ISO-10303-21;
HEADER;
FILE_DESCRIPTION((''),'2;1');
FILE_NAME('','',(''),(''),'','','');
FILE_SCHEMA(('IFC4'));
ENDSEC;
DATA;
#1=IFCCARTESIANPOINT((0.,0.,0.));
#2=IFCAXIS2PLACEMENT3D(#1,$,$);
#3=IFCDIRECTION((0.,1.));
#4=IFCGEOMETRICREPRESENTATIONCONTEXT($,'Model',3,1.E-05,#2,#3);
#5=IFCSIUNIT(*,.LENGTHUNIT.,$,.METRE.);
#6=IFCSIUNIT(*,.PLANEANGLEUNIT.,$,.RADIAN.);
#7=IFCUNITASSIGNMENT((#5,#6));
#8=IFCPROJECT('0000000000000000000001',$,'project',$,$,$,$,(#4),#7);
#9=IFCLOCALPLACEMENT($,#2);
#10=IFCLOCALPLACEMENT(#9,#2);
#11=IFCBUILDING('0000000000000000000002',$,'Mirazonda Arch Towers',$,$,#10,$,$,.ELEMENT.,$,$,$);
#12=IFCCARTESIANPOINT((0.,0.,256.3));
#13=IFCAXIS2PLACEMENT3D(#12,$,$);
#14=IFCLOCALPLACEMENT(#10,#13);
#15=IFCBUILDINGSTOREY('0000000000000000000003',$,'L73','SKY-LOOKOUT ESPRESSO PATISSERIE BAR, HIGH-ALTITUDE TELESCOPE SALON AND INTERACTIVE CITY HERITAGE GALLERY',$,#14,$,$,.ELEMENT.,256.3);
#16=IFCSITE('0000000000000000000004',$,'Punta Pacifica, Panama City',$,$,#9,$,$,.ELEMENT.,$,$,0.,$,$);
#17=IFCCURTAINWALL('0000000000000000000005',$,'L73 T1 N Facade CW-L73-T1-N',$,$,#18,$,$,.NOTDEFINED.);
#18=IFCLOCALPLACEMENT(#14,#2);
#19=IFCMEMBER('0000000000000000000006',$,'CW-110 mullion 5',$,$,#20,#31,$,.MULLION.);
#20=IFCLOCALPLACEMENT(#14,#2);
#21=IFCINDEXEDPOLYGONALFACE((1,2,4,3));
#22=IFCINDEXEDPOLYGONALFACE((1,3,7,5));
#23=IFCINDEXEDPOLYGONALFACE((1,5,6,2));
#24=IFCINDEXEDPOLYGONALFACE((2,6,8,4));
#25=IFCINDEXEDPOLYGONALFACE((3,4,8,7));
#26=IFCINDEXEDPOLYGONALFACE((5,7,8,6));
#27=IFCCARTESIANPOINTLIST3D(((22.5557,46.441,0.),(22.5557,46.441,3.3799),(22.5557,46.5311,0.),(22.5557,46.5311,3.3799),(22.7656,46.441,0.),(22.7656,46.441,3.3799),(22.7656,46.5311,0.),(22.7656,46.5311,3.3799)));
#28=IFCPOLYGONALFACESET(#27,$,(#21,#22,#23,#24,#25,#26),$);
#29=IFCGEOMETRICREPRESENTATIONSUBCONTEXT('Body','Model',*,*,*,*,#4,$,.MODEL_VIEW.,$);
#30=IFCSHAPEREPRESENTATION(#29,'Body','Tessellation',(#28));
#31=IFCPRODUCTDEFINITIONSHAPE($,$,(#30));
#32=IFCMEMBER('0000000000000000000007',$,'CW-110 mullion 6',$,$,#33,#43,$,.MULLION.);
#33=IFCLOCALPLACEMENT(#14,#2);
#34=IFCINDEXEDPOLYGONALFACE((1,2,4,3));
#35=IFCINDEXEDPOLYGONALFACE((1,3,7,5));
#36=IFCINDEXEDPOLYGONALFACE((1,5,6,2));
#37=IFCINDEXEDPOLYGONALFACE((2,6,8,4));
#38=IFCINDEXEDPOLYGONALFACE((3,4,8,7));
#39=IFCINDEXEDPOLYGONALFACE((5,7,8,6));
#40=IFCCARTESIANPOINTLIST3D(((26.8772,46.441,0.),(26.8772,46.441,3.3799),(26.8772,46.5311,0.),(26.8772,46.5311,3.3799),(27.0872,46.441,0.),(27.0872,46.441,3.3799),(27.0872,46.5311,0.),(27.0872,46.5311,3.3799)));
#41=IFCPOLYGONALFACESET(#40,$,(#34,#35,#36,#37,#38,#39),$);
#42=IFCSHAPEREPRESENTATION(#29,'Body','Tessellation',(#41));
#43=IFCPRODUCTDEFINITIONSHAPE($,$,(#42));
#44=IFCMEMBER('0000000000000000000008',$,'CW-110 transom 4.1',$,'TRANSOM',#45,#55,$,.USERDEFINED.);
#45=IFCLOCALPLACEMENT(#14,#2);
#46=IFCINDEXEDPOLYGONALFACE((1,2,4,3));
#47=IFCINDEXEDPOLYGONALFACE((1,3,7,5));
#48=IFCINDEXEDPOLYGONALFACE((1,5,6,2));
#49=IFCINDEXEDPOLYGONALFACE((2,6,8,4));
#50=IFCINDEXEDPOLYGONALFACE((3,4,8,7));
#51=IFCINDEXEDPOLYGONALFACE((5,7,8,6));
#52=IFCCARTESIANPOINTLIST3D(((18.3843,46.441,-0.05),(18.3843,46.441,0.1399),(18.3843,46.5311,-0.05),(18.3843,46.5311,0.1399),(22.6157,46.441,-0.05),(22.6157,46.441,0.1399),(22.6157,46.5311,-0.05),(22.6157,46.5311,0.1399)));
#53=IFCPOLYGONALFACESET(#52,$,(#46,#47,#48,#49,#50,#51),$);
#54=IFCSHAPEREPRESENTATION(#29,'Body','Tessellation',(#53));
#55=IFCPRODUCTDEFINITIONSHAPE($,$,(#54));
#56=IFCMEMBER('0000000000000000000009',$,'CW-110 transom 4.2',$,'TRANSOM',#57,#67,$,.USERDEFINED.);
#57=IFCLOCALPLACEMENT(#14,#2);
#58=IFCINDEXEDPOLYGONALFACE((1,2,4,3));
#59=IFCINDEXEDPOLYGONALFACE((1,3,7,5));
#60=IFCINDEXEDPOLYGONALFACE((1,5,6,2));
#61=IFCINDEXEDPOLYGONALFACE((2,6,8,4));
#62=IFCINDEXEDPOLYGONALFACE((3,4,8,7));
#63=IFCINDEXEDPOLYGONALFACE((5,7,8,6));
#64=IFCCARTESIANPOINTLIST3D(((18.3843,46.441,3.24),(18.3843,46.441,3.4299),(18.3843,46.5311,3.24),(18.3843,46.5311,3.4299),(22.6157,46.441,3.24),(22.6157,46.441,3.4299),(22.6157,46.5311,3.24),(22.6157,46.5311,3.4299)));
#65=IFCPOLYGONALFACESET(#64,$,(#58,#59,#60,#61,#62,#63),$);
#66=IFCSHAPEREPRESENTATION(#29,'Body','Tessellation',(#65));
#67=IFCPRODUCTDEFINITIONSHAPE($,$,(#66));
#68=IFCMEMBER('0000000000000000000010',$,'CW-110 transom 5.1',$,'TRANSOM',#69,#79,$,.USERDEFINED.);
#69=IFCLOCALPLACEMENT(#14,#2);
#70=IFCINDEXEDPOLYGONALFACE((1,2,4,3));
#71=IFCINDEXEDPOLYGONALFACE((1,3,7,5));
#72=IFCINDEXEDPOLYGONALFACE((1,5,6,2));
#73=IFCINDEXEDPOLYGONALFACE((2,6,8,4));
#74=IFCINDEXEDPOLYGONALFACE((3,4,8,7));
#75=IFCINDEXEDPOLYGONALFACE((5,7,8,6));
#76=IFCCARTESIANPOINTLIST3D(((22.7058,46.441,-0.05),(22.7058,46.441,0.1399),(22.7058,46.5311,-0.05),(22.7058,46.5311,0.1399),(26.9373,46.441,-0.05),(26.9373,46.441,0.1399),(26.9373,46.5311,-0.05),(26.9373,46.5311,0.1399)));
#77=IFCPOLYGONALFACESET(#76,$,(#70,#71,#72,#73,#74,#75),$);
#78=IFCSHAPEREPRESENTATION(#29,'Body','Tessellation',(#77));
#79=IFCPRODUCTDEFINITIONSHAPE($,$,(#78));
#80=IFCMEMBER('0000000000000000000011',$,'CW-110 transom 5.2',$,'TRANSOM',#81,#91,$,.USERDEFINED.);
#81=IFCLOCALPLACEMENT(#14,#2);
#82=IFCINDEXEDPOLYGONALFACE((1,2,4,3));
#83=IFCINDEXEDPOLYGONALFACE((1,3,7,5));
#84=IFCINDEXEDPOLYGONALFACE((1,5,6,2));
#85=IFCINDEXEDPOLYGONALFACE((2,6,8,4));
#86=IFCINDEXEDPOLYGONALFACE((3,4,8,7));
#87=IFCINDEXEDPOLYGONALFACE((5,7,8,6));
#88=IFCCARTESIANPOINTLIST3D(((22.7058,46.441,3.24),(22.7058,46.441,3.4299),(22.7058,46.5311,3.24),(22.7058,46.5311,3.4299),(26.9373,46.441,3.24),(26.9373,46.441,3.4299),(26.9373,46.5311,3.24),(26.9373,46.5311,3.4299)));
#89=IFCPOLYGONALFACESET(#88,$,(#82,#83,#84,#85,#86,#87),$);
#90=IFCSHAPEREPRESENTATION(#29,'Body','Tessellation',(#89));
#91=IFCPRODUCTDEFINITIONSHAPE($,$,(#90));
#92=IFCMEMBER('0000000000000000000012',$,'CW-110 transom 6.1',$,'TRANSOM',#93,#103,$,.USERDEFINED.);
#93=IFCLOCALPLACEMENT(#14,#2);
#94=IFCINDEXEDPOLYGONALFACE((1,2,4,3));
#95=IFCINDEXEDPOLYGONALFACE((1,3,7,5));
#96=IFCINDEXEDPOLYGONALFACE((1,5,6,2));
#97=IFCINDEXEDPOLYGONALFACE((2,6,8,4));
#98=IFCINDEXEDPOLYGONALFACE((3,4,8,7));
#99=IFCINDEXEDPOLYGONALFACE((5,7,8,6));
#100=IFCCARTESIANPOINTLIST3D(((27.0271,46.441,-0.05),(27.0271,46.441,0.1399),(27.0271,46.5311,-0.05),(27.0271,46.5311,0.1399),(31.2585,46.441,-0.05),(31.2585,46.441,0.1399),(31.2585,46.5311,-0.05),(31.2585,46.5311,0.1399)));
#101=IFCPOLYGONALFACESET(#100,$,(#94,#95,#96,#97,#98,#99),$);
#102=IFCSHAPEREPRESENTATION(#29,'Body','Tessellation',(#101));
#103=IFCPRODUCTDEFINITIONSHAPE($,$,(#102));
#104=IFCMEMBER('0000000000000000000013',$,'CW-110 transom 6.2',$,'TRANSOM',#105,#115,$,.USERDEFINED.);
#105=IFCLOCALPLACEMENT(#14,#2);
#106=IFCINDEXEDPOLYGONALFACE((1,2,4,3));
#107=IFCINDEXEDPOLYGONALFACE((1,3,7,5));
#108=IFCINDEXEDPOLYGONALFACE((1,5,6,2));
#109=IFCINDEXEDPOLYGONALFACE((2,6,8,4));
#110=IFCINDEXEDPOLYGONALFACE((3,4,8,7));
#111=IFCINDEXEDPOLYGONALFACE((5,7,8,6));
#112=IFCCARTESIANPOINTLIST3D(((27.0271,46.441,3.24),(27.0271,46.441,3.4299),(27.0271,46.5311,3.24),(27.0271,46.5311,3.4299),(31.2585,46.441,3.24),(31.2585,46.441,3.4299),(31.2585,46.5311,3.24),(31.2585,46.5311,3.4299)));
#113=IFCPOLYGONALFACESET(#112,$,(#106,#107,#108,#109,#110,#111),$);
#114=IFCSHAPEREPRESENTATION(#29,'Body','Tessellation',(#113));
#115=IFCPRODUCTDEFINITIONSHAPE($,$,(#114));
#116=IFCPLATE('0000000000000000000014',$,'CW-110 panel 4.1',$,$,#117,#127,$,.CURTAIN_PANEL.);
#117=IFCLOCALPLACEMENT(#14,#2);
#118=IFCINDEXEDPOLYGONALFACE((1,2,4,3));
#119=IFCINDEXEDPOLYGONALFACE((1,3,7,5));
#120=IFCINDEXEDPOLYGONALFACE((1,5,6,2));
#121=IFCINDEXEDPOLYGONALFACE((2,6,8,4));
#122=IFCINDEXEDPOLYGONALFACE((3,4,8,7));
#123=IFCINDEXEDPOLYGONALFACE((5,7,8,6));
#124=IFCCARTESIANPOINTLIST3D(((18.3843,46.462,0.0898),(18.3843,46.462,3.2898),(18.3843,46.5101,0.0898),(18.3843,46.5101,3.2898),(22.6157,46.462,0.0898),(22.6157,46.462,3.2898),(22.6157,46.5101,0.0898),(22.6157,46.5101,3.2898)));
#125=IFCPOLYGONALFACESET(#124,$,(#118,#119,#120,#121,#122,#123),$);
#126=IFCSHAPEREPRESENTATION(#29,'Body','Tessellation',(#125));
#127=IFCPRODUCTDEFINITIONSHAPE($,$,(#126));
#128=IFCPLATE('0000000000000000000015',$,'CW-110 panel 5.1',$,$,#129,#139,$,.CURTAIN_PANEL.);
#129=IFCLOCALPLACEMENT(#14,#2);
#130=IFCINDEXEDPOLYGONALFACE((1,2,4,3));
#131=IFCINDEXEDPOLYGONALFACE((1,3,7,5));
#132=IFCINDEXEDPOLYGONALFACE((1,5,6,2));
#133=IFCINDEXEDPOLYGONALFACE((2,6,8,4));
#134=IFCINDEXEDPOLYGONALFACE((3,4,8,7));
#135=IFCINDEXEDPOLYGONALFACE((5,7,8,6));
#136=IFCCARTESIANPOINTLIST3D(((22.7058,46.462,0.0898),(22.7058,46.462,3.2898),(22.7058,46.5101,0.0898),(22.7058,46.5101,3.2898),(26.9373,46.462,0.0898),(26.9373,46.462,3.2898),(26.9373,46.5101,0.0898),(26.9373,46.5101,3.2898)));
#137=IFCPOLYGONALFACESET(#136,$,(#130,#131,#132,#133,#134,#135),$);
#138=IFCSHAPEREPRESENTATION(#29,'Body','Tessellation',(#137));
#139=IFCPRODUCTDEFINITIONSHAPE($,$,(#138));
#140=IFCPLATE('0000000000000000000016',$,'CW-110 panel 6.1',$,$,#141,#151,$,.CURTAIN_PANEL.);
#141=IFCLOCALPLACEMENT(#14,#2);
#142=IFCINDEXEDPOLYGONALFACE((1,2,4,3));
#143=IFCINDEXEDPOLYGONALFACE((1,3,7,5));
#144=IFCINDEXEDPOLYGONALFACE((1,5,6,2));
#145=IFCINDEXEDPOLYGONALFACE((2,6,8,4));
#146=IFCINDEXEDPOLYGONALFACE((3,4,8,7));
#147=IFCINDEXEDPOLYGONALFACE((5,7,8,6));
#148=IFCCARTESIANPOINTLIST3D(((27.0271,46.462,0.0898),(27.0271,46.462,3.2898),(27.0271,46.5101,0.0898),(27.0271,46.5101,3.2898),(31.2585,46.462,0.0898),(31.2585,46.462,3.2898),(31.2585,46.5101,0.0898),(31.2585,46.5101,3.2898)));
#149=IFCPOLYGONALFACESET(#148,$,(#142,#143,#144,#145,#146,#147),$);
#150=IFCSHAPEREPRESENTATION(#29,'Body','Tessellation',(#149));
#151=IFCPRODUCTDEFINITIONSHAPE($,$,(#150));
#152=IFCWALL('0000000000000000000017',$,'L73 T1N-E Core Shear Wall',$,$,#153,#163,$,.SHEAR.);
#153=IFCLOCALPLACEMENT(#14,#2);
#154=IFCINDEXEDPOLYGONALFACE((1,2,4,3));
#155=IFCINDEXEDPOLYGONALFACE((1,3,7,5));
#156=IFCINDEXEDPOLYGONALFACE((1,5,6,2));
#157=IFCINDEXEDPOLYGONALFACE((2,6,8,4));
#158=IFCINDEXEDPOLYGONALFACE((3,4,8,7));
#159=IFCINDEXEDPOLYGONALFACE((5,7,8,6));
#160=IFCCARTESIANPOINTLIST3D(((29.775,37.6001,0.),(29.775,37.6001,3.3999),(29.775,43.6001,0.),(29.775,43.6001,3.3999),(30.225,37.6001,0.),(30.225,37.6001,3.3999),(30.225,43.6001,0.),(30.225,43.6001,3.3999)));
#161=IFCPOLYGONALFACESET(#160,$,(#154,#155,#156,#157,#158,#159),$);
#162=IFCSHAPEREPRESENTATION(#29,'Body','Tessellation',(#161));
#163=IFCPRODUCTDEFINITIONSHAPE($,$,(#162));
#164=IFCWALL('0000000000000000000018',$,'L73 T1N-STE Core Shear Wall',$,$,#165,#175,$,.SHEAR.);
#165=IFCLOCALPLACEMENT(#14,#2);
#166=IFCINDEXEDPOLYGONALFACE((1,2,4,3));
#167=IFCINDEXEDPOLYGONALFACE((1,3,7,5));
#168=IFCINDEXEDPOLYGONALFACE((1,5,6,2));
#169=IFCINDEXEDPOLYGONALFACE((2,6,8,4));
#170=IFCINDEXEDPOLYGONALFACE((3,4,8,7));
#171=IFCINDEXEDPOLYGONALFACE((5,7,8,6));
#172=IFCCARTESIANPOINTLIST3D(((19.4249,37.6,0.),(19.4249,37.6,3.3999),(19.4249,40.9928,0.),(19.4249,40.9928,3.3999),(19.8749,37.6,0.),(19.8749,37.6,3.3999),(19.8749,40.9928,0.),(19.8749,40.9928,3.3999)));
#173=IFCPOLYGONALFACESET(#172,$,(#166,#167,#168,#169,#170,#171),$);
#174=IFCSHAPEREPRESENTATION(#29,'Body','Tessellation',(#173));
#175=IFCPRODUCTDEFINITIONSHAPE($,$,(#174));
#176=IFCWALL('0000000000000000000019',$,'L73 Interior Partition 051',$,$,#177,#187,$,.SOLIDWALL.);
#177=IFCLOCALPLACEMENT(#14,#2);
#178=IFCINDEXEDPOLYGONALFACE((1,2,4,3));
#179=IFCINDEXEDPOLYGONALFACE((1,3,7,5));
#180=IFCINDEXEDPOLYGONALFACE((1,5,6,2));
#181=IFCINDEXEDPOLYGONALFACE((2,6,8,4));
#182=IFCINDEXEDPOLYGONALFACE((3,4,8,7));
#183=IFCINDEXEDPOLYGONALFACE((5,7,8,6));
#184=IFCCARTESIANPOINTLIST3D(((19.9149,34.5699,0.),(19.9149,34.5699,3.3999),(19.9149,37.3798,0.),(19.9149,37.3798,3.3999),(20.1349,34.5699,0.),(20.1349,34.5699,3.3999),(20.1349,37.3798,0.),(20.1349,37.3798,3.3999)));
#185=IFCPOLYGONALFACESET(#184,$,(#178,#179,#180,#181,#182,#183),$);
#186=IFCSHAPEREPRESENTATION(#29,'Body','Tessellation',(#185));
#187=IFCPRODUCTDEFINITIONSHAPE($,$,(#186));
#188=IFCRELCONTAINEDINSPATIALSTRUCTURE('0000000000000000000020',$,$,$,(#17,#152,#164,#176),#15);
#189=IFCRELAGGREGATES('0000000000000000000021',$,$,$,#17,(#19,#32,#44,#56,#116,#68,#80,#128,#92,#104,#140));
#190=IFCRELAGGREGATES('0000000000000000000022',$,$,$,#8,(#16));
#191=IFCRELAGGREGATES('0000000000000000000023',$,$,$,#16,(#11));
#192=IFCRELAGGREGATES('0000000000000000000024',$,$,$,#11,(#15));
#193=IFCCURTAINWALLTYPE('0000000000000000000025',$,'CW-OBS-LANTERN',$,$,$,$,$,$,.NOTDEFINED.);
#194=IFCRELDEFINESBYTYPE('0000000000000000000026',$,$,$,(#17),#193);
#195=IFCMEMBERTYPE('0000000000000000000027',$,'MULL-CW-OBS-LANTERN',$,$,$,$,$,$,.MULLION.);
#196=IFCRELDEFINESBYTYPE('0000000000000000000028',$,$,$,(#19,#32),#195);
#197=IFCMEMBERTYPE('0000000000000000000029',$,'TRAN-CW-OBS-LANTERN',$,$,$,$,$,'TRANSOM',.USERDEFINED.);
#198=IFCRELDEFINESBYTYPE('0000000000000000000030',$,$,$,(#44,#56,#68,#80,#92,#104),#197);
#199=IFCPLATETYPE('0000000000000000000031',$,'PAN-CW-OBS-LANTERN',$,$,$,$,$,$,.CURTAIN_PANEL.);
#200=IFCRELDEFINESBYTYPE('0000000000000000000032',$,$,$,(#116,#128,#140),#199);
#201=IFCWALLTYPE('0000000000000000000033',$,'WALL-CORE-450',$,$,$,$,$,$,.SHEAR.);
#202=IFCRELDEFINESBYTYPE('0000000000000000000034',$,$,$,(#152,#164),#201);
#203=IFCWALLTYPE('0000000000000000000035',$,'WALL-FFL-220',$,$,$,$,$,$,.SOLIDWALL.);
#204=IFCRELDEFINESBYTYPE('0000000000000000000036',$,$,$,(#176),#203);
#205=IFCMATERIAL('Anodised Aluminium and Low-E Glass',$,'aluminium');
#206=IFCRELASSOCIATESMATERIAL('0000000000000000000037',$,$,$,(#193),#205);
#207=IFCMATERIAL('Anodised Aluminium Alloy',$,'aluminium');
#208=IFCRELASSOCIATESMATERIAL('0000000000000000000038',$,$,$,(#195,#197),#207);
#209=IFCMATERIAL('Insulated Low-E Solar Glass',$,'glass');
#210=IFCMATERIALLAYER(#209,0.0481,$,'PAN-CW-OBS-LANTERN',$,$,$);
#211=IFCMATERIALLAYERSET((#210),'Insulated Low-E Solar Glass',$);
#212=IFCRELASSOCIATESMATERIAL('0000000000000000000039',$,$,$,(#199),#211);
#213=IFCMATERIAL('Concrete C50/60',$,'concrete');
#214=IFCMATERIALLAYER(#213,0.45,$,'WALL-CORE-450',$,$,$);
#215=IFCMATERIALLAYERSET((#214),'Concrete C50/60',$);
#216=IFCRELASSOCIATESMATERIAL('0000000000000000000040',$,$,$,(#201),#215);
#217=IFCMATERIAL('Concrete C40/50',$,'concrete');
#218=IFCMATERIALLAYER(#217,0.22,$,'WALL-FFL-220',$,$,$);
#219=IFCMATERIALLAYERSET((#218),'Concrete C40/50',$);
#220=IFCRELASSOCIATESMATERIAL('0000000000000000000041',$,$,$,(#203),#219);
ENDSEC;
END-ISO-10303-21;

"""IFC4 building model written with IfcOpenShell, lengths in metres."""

from ifc_helpers import new_model, si_unit, direction, frame, frame_2d, origin, origin_2d, place, context, subcontext, project, spatial, rectangle, extrude, material, layer, layer_set, material_profile, profile_set, type_object, element, aggregate, save


model = new_model("IFC4")

# Units and contexts
model_context = context("Model", 3, precision=1e-05, world=origin(), true_north=direction((0.0, 1.0)))
body_context = subcontext(model_context, "Body", "Model", "MODEL_VIEW")
ifc_project = project(units=[si_unit("LENGTHUNIT", "METRE"), si_unit("PLANEANGLEUNIT", "RADIAN")], contexts=[model_context])

# Site, building, storey
site_placement = place(None, origin())
site = spatial("IfcSite", under=ifc_project, at=site_placement, Name="Punta Pacifica, Panama City", CompositionType="ELEMENT", RefElevation=0.0)
building_placement = place(site_placement, origin())
building = spatial("IfcBuilding", under=site, at=building_placement, Name="Mirazonda Arch Towers", CompositionType="ELEMENT")
storey_placement = place(building_placement, frame((0.0, 0.0, 256.3)))
storey = spatial("IfcBuildingStorey", under=building, at=storey_placement, Name="L73", Description="SKY-LOOKOUT ESPRESSO PATISSERIE BAR, HIGH-ALTITUDE TELESCOPE SALON AND INTERACTIVE CITY HERITAGE GALLERY", CompositionType="ELEMENT", Elevation=256.3)

# Shared definitions
ifc_material_1 = material(Name="Concrete C50/60", Category="concrete")

# Curtain wall, members, plates
ifc_material_2 = material(Name="Anodised Aluminium and Low-E Glass", Category="aluminium")
curtain_wall_type = type_object("IfcCurtainWallType", Name="CW-OBS-LANTERN", PredefinedType="NOTDEFINED", material=ifc_material_2)
curtain_wall_placement = place(storey_placement, origin())
curtain_wall = element("IfcCurtainWall", 1, at=curtain_wall_placement, inside=storey, type_object=curtain_wall_type, Name="L73 T1 N Facade CW-L73-T1-N", PredefinedType="NOTDEFINED")
ifc_material_3 = material(Name="Anodised Aluminium Alloy", Category="aluminium")
ifc_material_profile_1 = material_profile(ifc_material_3, rectangle(XDim=0.0901, YDim=0.21, at=origin_2d()), Name="ALU-MULL-90x210")
ifc_profile_set_1 = profile_set([ifc_material_profile_1], Name="Anodised Aluminium Alloy")
member_type_1 = type_object("IfcMemberType", Name="MULL-CW-OBS-LANTERN", PredefinedType="MULLION", material=ifc_profile_set_1)
member_1_placement = place(storey_placement, frame((22.6606, 46.4861, 0.0), z_axis=(0.0, 0.0, 1.0), x_axis=(0.0, 1.0, 0.0)))
member_1 = element("IfcMember", 2, at=member_1_placement, type_object=member_type_1, Name="CW-110 mullion 5", PredefinedType="MULLION", context=body_context, shape_type="SweptSolid", body=[
    extrude(rectangle(XDim=0.0901, YDim=0.21, at=origin_2d()), origin(), (0.0, 0.0, 1.0), 3.3799),
])
member_2_placement = place(storey_placement, frame((26.9822, 46.4861, 0.0), z_axis=(0.0, 0.0, 1.0), x_axis=(0.0, 1.0, 0.0)))
member_2 = element("IfcMember", 3, at=member_2_placement, type_object=member_type_1, Name="CW-110 mullion 6", PredefinedType="MULLION", context=body_context, shape_type="SweptSolid", body=[
    extrude(rectangle(XDim=0.0901, YDim=0.21, at=origin_2d()), origin(), (0.0, 0.0, 1.0), 3.3799),
])
ifc_material_profile_2 = material_profile(ifc_material_3, rectangle(XDim=0.0901, YDim=0.1899, at=origin_2d()), Name="ALU-TRAN-90x190")
ifc_profile_set_2 = profile_set([ifc_material_profile_2], Name="Anodised Aluminium Alloy")
member_type_2 = type_object("IfcMemberType", Name="TRAN-CW-OBS-LANTERN", ElementType="TRANSOM", PredefinedType="USERDEFINED", material=ifc_profile_set_2)
member_3_placement = place(storey_placement, frame((18.3843, 46.4861, 0.0449), z_axis=(1.0, 0.0, 0.0), x_axis=(0.0, 1.0, 0.0)))
member_3 = element("IfcMember", 4, at=member_3_placement, type_object=member_type_2, Name="CW-110 transom 4.1", ObjectType="TRANSOM", PredefinedType="USERDEFINED", context=body_context, shape_type="SweptSolid", body=[
    extrude(rectangle(XDim=0.0901, YDim=0.1899, at=origin_2d()), origin(), (0.0, 0.0, 1.0), 4.2314),
])
member_4_placement = place(storey_placement, frame((18.3843, 46.4861, 3.335), z_axis=(1.0, 0.0, 0.0), x_axis=(0.0, 1.0, 0.0)))
member_4 = element("IfcMember", 5, at=member_4_placement, type_object=member_type_2, Name="CW-110 transom 4.2", ObjectType="TRANSOM", PredefinedType="USERDEFINED", context=body_context, shape_type="SweptSolid", body=[
    extrude(rectangle(XDim=0.0901, YDim=0.1899, at=origin_2d()), origin(), (0.0, 0.0, 1.0), 4.2314),
])
member_5_placement = place(storey_placement, frame((22.7058, 46.4861, 0.0449), z_axis=(1.0, 0.0, 0.0), x_axis=(0.0, 1.0, 0.0)))
member_5 = element("IfcMember", 6, at=member_5_placement, type_object=member_type_2, Name="CW-110 transom 5.1", ObjectType="TRANSOM", PredefinedType="USERDEFINED", context=body_context, shape_type="SweptSolid", body=[
    extrude(rectangle(XDim=0.0901, YDim=0.1899, at=origin_2d()), origin(), (0.0, 0.0, 1.0), 4.2314),
])
member_6_placement = place(storey_placement, frame((22.7058, 46.4861, 3.335), z_axis=(1.0, 0.0, 0.0), x_axis=(0.0, 1.0, 0.0)))
member_6 = element("IfcMember", 7, at=member_6_placement, type_object=member_type_2, Name="CW-110 transom 5.2", ObjectType="TRANSOM", PredefinedType="USERDEFINED", context=body_context, shape_type="SweptSolid", body=[
    extrude(rectangle(XDim=0.0901, YDim=0.1899, at=origin_2d()), origin(), (0.0, 0.0, 1.0), 4.2314),
])
member_7_placement = place(storey_placement, frame((27.0271, 46.4861, 0.0449), z_axis=(1.0, 0.0, 0.0), x_axis=(0.0, 1.0, 0.0)))
member_7 = element("IfcMember", 8, at=member_7_placement, type_object=member_type_2, Name="CW-110 transom 6.1", ObjectType="TRANSOM", PredefinedType="USERDEFINED", context=body_context, shape_type="SweptSolid", body=[
    extrude(rectangle(XDim=0.0901, YDim=0.1899, at=origin_2d()), origin(), (0.0, 0.0, 1.0), 4.2314),
])
member_8_placement = place(storey_placement, frame((27.0271, 46.4861, 3.335), z_axis=(1.0, 0.0, 0.0), x_axis=(0.0, 1.0, 0.0)))
member_8 = element("IfcMember", 9, at=member_8_placement, type_object=member_type_2, Name="CW-110 transom 6.2", ObjectType="TRANSOM", PredefinedType="USERDEFINED", context=body_context, shape_type="SweptSolid", body=[
    extrude(rectangle(XDim=0.0901, YDim=0.1899, at=origin_2d()), origin(), (0.0, 0.0, 1.0), 4.2314),
])
ifc_material_4 = material(Name="Insulated Low-E Solar Glass", Category="glass")
ifc_layer_1 = layer(ifc_material_4, 0.0481, Name="PAN-CW-OBS-LANTERN")
ifc_layer_set_1 = layer_set([ifc_layer_1], Name="Insulated Low-E Solar Glass")
plate_type = type_object("IfcPlateType", Name="PAN-CW-OBS-LANTERN", PredefinedType="CURTAIN_PANEL", material=ifc_layer_set_1)
plate_1_placement = place(storey_placement, frame((20.5, 46.4861, 0.0898), z_axis=(0.0, 0.0, 1.0), x_axis=(1.0, 0.0, 0.0)))
plate_1 = element("IfcPlate", 10, at=plate_1_placement, type_object=plate_type, Name="CW-110 panel 4.1", PredefinedType="CURTAIN_PANEL", context=body_context, shape_type="SweptSolid", body=[
    extrude(rectangle(XDim=4.2314, YDim=0.0481, at=origin_2d()), origin(), (0.0, 0.0, 1.0), 3.2),
])
plate_2_placement = place(storey_placement, frame((24.8215, 46.4861, 0.0898), z_axis=(0.0, 0.0, 1.0), x_axis=(1.0, 0.0, 0.0)))
plate_2 = element("IfcPlate", 11, at=plate_2_placement, type_object=plate_type, Name="CW-110 panel 5.1", PredefinedType="CURTAIN_PANEL", context=body_context, shape_type="SweptSolid", body=[
    extrude(rectangle(XDim=4.2314, YDim=0.0481, at=origin_2d()), origin(), (0.0, 0.0, 1.0), 3.2),
])
plate_3_placement = place(storey_placement, frame((29.1428, 46.4861, 0.0898), z_axis=(0.0, 0.0, 1.0), x_axis=(1.0, 0.0, 0.0)))
plate_3 = element("IfcPlate", 12, at=plate_3_placement, type_object=plate_type, Name="CW-110 panel 6.1", PredefinedType="CURTAIN_PANEL", context=body_context, shape_type="SweptSolid", body=[
    extrude(rectangle(XDim=4.2314, YDim=0.0481, at=origin_2d()), origin(), (0.0, 0.0, 1.0), 3.2),
])
aggregate(curtain_wall, [member_1, member_2, member_3, member_4, plate_1, member_5, member_6, plate_2, member_7, member_8, plate_3])

# Walls
ifc_layer_2 = layer(ifc_material_1, 0.45, Name="WALL-CORE-450")
ifc_layer_set_2 = layer_set([ifc_layer_2], Name="Concrete C50/60")
wall_type_1 = type_object("IfcWallType", Name="WALL-CORE-450", PredefinedType="SHEAR", material=ifc_layer_set_2)
wall_1_placement = place(storey_placement, frame((30.0, 37.6001, 0.0), z_axis=(0.0, 0.0, 1.0), x_axis=(0.0, 1.0, 0.0)))
element("IfcWall", 13, at=wall_1_placement, inside=storey, type_object=wall_type_1, Name="L73 T1N-E Core Shear Wall", PredefinedType="SHEAR", context=body_context, shape_type="SweptSolid", body=[
    extrude(rectangle(XDim=6.0, YDim=0.45, at=frame_2d((3.0, 0.0))), origin(), (0.0, 0.0, 1.0), 3.3999),
])
wall_2_placement = place(storey_placement, frame((19.6499, 37.6001, 0.0), z_axis=(0.0, 0.0, 1.0), x_axis=(0.0, 1.0, 0.0)))
element("IfcWall", 14, at=wall_2_placement, inside=storey, type_object=wall_type_1, Name="L73 T1N-STE Core Shear Wall", PredefinedType="SHEAR", context=body_context, shape_type="SweptSolid", body=[
    extrude(rectangle(XDim=3.3928, YDim=0.45, at=frame_2d((1.6963, 0.0))), origin(), (0.0, 0.0, 1.0), 3.3999),
])
ifc_material_5 = material(Name="Concrete C40/50", Category="concrete")
ifc_layer_3 = layer(ifc_material_5, 0.22, Name="WALL-FFL-220")
ifc_layer_set_3 = layer_set([ifc_layer_3], Name="Concrete C40/50")
wall_type_2 = type_object("IfcWallType", Name="WALL-FFL-220", PredefinedType="SOLIDWALL", material=ifc_layer_set_3)
for number, where, z_axis, x_axis, name in (
    (15, (20.0249, 34.5701, 0.0), (0.0, 0.0, 1.0), (0.0, 1.0, 0.0), "L73 Interior Partition 051"),
):
    element("IfcWall", number, at=place(storey_placement, frame(where, z_axis=z_axis, x_axis=x_axis)), inside=storey, type_object=wall_type_2, Name=name, PredefinedType="SOLIDWALL", context=body_context, shape_type="SweptSolid", body=[
        extrude(rectangle(XDim=2.8098, YDim=0.22, at=frame_2d((1.4048, 0.0))), origin(), (0.0, 0.0, 1.0), 3.3999),
    ])

save(model, "model.ifc")
